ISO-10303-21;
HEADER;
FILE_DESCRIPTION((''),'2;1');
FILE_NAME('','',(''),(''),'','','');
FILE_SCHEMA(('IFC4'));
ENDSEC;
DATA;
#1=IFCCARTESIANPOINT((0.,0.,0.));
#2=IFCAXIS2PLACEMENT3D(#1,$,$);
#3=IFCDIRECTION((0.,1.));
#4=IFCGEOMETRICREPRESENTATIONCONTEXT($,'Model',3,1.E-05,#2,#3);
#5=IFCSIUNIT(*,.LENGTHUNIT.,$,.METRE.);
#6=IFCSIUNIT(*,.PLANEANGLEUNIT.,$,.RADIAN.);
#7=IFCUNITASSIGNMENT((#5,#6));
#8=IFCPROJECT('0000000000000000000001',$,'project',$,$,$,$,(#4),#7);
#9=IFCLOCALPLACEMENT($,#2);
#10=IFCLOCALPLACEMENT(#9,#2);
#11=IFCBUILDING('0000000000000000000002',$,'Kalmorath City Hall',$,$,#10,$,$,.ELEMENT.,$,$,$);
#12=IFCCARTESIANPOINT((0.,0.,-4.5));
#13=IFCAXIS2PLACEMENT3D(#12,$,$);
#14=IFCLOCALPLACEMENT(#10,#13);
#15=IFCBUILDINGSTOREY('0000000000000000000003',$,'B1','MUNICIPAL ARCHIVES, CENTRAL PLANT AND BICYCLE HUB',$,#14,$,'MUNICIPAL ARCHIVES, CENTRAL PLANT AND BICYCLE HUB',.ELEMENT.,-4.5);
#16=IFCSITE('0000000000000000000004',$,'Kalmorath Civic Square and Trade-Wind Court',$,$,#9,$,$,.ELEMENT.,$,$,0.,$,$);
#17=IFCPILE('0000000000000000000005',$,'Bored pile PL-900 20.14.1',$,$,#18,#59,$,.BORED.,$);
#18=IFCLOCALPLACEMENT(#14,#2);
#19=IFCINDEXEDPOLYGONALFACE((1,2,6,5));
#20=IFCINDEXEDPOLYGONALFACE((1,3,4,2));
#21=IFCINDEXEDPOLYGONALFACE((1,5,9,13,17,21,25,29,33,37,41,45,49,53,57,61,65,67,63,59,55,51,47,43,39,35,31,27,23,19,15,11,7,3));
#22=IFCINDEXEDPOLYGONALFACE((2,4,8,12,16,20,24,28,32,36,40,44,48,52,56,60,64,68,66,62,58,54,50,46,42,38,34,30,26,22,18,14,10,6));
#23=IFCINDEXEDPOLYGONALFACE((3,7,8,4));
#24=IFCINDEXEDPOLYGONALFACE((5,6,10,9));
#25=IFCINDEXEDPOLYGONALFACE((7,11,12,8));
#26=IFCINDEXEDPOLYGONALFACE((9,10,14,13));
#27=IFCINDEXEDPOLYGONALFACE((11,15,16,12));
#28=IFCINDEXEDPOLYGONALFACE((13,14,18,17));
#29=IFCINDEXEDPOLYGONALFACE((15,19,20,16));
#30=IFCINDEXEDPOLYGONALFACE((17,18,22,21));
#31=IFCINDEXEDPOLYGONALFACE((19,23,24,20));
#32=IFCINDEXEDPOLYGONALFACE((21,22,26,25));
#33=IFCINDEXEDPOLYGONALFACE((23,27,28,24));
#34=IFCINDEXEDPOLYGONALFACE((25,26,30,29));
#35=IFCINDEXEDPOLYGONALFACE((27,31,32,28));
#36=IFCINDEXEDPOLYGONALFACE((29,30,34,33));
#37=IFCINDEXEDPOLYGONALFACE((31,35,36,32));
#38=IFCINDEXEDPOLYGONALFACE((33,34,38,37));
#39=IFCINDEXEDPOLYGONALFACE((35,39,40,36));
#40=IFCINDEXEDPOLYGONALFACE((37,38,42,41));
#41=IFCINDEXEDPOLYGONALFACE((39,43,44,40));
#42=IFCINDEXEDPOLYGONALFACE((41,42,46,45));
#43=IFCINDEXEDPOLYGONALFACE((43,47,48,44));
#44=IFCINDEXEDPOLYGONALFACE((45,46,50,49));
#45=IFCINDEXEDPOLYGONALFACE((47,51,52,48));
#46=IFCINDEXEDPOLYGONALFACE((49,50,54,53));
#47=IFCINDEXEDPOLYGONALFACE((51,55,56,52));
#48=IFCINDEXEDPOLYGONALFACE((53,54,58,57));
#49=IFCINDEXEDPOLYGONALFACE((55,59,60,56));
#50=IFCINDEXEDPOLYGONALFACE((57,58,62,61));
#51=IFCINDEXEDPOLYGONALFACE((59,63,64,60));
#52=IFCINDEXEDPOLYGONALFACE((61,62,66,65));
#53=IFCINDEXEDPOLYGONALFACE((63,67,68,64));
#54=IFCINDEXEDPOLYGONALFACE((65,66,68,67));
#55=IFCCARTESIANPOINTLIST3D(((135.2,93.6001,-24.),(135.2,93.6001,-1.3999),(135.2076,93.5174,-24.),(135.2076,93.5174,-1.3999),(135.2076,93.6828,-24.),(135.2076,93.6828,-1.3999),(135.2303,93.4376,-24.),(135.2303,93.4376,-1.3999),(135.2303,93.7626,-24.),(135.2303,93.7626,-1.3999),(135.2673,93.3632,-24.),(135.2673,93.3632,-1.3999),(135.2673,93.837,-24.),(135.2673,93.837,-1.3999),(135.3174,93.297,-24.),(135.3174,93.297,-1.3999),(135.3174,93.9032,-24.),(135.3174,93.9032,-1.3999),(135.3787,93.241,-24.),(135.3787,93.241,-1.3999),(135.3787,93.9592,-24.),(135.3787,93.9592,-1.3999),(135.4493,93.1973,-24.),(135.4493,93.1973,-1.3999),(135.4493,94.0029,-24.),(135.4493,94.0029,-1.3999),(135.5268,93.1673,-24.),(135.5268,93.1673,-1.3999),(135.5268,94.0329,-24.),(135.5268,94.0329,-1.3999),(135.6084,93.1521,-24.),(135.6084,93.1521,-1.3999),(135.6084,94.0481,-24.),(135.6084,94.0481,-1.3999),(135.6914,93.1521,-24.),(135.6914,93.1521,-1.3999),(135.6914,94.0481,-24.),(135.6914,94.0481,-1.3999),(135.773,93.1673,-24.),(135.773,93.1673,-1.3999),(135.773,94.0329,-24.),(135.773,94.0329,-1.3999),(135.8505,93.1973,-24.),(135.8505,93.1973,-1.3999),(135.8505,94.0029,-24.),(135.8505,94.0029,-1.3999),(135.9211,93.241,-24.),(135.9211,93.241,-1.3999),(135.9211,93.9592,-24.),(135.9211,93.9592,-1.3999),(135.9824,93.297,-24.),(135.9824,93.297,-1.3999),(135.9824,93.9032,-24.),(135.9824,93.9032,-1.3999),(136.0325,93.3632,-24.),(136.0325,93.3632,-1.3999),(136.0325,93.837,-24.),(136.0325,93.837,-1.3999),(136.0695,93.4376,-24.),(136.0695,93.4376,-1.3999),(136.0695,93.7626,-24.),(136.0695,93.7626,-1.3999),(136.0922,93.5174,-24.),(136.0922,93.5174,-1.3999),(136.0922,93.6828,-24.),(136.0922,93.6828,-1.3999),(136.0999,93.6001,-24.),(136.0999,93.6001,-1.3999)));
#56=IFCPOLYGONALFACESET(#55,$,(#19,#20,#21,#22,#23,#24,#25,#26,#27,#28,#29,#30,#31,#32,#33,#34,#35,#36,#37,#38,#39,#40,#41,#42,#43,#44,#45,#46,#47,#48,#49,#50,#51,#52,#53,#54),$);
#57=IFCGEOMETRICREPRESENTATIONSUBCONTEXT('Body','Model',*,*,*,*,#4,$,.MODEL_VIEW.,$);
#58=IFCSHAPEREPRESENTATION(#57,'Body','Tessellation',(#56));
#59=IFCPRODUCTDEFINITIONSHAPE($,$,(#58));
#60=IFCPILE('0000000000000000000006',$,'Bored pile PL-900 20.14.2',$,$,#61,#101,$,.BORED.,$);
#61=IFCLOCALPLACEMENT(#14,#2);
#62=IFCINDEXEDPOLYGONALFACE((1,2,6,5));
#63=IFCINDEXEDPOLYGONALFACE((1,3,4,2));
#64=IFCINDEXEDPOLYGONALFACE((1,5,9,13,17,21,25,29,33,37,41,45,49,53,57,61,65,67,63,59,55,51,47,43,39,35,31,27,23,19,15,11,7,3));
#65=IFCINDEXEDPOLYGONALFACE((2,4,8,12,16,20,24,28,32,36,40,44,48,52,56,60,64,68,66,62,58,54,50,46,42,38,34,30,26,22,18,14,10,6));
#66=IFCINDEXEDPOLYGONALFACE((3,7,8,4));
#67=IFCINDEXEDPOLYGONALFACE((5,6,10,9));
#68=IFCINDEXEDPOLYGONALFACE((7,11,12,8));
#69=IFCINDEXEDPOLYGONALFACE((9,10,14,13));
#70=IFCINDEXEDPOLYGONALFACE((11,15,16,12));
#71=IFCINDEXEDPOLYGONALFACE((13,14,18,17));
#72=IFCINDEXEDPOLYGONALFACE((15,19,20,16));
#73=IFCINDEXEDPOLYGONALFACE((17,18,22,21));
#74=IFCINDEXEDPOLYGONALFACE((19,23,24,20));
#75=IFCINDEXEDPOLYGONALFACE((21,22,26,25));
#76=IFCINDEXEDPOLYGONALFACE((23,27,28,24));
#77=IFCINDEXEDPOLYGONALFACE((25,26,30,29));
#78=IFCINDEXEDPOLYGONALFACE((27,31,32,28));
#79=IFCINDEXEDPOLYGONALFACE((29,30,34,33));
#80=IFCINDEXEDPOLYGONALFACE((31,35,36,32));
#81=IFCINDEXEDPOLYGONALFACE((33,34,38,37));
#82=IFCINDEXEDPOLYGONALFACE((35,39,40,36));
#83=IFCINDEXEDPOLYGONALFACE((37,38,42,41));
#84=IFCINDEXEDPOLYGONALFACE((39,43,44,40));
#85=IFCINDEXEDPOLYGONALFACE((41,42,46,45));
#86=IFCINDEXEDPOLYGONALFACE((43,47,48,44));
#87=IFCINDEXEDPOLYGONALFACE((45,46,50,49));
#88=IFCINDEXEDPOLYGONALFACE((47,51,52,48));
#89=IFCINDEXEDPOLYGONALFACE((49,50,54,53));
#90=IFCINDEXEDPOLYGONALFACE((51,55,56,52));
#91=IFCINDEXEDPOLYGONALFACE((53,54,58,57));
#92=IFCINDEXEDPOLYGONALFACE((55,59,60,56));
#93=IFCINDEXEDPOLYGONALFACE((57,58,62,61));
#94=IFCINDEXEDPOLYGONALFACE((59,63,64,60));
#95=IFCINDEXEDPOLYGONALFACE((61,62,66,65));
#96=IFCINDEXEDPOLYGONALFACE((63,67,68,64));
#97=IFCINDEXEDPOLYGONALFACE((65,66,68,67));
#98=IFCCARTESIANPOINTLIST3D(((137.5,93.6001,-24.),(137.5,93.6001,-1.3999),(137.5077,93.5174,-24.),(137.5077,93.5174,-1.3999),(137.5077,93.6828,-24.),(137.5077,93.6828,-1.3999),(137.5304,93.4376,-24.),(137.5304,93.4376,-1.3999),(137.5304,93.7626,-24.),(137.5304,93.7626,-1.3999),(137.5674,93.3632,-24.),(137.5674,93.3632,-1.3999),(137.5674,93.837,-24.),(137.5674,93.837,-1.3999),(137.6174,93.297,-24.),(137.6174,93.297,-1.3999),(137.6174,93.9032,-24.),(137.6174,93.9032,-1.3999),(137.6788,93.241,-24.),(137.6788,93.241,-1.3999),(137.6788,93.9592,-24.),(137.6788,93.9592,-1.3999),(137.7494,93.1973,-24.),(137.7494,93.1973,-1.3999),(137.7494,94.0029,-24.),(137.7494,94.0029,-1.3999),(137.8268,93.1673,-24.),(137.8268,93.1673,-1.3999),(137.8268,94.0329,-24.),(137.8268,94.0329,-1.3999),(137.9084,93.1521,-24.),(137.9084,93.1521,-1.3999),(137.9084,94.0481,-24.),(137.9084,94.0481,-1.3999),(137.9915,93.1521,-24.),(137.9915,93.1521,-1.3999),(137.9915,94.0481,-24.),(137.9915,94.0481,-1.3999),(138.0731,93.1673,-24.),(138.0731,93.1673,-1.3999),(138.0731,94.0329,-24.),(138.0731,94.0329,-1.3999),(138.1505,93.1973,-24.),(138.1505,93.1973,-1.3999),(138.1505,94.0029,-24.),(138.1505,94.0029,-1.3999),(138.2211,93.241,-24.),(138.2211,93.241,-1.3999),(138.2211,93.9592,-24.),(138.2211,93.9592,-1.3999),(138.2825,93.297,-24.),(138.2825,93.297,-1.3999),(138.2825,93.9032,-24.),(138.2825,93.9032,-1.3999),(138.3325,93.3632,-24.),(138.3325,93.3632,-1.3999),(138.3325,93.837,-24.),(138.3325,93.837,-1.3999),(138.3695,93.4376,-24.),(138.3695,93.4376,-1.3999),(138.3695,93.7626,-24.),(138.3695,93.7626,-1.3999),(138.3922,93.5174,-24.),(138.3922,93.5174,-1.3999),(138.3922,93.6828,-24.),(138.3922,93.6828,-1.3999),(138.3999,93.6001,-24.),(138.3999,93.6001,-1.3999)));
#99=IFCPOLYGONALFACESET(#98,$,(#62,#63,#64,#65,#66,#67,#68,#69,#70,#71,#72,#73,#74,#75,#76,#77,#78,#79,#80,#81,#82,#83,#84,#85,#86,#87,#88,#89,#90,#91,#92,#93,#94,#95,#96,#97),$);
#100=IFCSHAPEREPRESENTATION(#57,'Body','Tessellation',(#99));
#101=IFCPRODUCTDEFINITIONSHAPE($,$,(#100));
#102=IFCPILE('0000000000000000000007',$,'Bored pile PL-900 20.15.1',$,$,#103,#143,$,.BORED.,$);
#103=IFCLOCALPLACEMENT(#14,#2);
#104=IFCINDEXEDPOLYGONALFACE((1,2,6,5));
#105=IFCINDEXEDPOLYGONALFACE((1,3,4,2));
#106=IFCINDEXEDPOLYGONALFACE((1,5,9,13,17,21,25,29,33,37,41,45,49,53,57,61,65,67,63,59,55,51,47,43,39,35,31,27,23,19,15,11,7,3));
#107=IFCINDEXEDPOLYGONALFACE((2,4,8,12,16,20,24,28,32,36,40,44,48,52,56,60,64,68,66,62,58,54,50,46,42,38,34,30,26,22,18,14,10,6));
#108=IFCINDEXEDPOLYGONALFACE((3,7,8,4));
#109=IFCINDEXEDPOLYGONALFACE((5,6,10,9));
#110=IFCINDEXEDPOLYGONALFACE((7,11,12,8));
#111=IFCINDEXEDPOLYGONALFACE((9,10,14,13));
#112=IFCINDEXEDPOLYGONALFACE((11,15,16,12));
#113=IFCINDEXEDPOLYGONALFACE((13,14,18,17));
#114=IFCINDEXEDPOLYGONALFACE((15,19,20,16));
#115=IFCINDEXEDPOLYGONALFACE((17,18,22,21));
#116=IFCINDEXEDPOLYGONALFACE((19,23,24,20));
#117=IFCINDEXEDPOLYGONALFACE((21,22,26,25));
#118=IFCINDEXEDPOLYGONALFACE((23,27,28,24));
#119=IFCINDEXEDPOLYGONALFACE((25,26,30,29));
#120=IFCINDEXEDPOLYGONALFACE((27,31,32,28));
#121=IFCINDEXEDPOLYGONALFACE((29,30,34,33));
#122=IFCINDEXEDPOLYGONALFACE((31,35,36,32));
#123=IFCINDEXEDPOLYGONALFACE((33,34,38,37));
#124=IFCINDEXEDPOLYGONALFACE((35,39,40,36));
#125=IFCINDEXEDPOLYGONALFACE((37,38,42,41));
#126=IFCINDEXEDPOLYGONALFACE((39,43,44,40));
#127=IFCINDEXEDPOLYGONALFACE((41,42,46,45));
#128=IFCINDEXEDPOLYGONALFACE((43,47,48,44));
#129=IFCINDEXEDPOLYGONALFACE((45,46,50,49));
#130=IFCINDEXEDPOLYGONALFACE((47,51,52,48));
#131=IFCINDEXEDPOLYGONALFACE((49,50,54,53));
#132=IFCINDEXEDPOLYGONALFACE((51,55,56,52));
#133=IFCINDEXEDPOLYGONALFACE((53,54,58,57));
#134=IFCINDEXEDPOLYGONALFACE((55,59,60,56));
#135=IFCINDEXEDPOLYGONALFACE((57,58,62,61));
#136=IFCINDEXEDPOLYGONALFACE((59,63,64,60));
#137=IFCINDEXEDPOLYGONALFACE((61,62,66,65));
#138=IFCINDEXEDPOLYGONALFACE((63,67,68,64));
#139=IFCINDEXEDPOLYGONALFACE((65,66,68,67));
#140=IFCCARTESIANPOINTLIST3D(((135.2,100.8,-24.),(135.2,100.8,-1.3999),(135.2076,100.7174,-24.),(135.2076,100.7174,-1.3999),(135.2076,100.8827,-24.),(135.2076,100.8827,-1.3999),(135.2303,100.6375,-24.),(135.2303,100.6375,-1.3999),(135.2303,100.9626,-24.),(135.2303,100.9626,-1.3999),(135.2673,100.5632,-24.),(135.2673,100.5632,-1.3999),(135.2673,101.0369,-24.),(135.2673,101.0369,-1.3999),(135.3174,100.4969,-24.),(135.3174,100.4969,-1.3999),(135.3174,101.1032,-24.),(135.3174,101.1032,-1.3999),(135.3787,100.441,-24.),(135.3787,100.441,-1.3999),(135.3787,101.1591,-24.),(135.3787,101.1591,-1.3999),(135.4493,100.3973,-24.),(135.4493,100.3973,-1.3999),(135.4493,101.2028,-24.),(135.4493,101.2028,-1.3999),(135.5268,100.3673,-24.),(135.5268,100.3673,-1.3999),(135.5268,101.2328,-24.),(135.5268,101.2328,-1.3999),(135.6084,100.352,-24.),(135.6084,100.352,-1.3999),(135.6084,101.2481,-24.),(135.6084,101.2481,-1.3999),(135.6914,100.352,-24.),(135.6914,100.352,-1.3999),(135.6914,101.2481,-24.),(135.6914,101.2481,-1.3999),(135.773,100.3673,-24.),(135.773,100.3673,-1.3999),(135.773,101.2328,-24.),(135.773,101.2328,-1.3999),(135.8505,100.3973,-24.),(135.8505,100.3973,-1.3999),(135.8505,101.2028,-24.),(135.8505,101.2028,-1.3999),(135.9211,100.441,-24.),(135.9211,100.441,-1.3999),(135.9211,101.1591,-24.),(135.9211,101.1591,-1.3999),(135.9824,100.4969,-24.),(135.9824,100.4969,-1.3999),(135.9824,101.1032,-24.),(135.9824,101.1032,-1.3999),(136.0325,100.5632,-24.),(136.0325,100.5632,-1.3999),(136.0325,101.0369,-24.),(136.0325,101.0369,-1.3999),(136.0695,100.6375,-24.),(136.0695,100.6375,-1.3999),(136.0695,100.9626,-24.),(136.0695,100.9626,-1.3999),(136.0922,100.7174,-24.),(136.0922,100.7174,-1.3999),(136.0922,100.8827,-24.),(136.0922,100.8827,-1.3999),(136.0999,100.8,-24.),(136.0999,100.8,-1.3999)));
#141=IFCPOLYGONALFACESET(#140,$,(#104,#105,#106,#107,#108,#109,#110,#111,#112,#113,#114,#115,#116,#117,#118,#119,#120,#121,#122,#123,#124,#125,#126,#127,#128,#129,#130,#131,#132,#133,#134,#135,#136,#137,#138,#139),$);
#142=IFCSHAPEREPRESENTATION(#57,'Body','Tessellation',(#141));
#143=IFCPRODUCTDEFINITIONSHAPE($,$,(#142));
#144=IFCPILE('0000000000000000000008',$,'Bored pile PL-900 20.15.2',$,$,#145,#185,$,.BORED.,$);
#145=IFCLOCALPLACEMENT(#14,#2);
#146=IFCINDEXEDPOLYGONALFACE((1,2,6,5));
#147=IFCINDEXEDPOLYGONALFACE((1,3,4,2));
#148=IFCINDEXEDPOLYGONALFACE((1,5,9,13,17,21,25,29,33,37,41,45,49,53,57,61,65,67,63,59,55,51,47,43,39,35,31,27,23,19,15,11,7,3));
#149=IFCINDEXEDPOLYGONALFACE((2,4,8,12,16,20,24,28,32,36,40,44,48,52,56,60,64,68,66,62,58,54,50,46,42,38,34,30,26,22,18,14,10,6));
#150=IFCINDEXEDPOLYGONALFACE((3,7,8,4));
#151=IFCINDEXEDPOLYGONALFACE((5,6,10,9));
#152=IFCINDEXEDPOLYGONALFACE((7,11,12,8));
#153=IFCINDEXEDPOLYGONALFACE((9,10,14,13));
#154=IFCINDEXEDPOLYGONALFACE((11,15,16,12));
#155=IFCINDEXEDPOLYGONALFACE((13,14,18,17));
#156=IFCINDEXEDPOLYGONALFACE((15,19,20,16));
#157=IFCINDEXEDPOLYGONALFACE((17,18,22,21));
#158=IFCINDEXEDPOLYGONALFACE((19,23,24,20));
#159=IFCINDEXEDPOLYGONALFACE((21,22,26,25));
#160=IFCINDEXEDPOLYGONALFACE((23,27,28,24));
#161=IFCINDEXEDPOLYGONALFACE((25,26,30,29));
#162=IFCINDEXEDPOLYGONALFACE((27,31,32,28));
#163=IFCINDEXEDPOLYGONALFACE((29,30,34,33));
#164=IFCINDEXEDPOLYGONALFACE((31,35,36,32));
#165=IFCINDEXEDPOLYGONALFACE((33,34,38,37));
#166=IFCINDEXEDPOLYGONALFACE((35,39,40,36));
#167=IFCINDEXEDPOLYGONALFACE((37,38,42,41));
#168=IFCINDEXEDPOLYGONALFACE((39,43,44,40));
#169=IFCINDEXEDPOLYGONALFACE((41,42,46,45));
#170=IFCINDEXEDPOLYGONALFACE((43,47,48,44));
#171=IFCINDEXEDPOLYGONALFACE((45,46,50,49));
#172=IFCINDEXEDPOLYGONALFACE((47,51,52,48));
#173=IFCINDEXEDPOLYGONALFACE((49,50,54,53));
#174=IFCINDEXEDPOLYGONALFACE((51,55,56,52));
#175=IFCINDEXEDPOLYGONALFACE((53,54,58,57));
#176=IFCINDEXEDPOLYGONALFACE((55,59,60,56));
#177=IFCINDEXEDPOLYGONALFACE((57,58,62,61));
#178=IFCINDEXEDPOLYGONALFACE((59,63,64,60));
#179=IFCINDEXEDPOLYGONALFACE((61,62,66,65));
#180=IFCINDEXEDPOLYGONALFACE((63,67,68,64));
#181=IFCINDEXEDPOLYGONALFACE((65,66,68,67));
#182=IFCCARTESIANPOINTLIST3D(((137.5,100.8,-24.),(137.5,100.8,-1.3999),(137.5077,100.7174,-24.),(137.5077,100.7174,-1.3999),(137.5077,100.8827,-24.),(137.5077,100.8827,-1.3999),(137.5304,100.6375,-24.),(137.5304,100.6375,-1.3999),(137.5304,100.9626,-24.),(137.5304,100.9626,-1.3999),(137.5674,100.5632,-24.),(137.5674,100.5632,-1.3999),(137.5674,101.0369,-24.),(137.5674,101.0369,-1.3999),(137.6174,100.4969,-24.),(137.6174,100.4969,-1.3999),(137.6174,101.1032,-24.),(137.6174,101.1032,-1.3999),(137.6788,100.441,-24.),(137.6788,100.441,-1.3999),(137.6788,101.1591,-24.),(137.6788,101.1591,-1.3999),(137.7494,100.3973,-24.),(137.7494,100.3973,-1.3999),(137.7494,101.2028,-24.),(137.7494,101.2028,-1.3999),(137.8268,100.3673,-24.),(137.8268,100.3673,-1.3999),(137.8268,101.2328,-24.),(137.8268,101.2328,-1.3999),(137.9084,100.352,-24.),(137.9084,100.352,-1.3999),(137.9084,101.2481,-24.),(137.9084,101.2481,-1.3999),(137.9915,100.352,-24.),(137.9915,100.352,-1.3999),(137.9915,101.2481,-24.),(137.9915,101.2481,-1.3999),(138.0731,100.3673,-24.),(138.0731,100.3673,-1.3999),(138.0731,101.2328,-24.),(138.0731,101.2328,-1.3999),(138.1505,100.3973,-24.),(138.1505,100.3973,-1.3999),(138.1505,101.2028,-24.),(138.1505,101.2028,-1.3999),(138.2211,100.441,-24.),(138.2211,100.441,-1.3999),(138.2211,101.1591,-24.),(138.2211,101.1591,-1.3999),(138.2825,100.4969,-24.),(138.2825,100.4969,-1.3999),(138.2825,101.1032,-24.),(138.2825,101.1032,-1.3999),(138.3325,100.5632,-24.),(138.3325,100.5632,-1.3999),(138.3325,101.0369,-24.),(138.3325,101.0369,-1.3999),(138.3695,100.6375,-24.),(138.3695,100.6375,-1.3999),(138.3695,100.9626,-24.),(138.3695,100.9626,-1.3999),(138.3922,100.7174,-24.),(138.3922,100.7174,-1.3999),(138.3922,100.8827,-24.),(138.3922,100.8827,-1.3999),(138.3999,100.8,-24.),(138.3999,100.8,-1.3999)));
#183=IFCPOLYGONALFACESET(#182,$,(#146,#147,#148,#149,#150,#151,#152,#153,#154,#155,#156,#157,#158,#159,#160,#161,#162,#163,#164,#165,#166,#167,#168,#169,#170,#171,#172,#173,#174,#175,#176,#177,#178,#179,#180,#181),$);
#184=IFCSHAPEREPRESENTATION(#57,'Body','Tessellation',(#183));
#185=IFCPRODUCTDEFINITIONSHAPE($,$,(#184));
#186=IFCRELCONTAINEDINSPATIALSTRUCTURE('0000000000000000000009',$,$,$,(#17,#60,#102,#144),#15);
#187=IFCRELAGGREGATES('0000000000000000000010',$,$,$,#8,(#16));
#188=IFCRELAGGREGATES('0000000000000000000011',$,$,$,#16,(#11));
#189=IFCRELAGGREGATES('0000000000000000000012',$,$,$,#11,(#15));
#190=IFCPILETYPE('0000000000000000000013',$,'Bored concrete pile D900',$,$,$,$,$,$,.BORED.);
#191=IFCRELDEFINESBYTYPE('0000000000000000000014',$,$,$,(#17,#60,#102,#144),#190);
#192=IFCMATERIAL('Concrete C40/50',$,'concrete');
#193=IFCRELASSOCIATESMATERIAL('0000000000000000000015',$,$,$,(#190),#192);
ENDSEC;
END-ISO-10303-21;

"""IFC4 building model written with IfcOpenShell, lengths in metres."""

from ifc_helpers import new_model, si_unit, direction, frame, origin, origin_2d, place, context, subcontext, project, spatial, circle, extrude, material, material_profile, profile_set, type_object, element, save


model = new_model("IFC4")

# Units and contexts
model_context = context("Model", 3, precision=1e-05, world=origin(), true_north=direction((0.0, 1.0)))
body_context = subcontext(model_context, "Body", "Model", "MODEL_VIEW")
ifc_project = project(units=[si_unit("LENGTHUNIT", "METRE"), si_unit("PLANEANGLEUNIT", "RADIAN")], contexts=[model_context])

# Site, building, storey
site_placement = place(None, origin())
site = spatial("IfcSite", under=ifc_project, at=site_placement, Name="Kalmorath Civic Square and Trade-Wind Court", CompositionType="ELEMENT", RefElevation=0.0)
building_placement = place(site_placement, origin())
building = spatial("IfcBuilding", under=site, at=building_placement, Name="Kalmorath City Hall", CompositionType="ELEMENT")
storey_placement = place(building_placement, frame((0.0, 0.0, -4.5)))
storey = spatial("IfcBuildingStorey", under=building, at=storey_placement, Name="B1", Description="MUNICIPAL ARCHIVES, CENTRAL PLANT AND BICYCLE HUB", LongName="MUNICIPAL ARCHIVES, CENTRAL PLANT AND BICYCLE HUB", CompositionType="ELEMENT", Elevation=-4.5)

# Piles
ifc_material_1 = material(Name="Concrete C40/50", Category="concrete")
ifc_material_profile_1 = material_profile(ifc_material_1, circle(Radius=0.45, at=origin_2d()), Name="PILE-D900")
ifc_profile_set_1 = profile_set([ifc_material_profile_1], Name="Concrete C40/50")
pile_type = type_object("IfcPileType", Name="Bored concrete pile D900", PredefinedType="BORED", material=ifc_profile_set_1)
for number, where, z_axis, x_axis, name in (
    (1, (135.6499, 93.6001, -1.3999), (0.0, 0.0, -1.0), (1.0, 0.0, 0.0), "Bored pile PL-900 20.14.1"),
    (2, (137.95, 93.6001, -1.3999), (0.0, 0.0, -1.0), (1.0, 0.0, 0.0), "Bored pile PL-900 20.14.2"),
    (3, (135.6499, 100.8, -1.3999), (0.0, 0.0, -1.0), (1.0, 0.0, 0.0), "Bored pile PL-900 20.15.1"),
    (4, (137.95, 100.8, -1.3999), (0.0, 0.0, -1.0), (1.0, 0.0, 0.0), "Bored pile PL-900 20.15.2"),
):
    element("IfcPile", number, at=place(storey_placement, frame(where, z_axis=z_axis, x_axis=x_axis)), inside=storey, type_object=pile_type, Name=name, PredefinedType="BORED", context=body_context, shape_type="SweptSolid", body=[
        extrude(circle(Radius=0.45, at=origin_2d()), origin(), (0.0, 0.0, 1.0), 22.6001),
    ])

save(model, "model.ifc")
